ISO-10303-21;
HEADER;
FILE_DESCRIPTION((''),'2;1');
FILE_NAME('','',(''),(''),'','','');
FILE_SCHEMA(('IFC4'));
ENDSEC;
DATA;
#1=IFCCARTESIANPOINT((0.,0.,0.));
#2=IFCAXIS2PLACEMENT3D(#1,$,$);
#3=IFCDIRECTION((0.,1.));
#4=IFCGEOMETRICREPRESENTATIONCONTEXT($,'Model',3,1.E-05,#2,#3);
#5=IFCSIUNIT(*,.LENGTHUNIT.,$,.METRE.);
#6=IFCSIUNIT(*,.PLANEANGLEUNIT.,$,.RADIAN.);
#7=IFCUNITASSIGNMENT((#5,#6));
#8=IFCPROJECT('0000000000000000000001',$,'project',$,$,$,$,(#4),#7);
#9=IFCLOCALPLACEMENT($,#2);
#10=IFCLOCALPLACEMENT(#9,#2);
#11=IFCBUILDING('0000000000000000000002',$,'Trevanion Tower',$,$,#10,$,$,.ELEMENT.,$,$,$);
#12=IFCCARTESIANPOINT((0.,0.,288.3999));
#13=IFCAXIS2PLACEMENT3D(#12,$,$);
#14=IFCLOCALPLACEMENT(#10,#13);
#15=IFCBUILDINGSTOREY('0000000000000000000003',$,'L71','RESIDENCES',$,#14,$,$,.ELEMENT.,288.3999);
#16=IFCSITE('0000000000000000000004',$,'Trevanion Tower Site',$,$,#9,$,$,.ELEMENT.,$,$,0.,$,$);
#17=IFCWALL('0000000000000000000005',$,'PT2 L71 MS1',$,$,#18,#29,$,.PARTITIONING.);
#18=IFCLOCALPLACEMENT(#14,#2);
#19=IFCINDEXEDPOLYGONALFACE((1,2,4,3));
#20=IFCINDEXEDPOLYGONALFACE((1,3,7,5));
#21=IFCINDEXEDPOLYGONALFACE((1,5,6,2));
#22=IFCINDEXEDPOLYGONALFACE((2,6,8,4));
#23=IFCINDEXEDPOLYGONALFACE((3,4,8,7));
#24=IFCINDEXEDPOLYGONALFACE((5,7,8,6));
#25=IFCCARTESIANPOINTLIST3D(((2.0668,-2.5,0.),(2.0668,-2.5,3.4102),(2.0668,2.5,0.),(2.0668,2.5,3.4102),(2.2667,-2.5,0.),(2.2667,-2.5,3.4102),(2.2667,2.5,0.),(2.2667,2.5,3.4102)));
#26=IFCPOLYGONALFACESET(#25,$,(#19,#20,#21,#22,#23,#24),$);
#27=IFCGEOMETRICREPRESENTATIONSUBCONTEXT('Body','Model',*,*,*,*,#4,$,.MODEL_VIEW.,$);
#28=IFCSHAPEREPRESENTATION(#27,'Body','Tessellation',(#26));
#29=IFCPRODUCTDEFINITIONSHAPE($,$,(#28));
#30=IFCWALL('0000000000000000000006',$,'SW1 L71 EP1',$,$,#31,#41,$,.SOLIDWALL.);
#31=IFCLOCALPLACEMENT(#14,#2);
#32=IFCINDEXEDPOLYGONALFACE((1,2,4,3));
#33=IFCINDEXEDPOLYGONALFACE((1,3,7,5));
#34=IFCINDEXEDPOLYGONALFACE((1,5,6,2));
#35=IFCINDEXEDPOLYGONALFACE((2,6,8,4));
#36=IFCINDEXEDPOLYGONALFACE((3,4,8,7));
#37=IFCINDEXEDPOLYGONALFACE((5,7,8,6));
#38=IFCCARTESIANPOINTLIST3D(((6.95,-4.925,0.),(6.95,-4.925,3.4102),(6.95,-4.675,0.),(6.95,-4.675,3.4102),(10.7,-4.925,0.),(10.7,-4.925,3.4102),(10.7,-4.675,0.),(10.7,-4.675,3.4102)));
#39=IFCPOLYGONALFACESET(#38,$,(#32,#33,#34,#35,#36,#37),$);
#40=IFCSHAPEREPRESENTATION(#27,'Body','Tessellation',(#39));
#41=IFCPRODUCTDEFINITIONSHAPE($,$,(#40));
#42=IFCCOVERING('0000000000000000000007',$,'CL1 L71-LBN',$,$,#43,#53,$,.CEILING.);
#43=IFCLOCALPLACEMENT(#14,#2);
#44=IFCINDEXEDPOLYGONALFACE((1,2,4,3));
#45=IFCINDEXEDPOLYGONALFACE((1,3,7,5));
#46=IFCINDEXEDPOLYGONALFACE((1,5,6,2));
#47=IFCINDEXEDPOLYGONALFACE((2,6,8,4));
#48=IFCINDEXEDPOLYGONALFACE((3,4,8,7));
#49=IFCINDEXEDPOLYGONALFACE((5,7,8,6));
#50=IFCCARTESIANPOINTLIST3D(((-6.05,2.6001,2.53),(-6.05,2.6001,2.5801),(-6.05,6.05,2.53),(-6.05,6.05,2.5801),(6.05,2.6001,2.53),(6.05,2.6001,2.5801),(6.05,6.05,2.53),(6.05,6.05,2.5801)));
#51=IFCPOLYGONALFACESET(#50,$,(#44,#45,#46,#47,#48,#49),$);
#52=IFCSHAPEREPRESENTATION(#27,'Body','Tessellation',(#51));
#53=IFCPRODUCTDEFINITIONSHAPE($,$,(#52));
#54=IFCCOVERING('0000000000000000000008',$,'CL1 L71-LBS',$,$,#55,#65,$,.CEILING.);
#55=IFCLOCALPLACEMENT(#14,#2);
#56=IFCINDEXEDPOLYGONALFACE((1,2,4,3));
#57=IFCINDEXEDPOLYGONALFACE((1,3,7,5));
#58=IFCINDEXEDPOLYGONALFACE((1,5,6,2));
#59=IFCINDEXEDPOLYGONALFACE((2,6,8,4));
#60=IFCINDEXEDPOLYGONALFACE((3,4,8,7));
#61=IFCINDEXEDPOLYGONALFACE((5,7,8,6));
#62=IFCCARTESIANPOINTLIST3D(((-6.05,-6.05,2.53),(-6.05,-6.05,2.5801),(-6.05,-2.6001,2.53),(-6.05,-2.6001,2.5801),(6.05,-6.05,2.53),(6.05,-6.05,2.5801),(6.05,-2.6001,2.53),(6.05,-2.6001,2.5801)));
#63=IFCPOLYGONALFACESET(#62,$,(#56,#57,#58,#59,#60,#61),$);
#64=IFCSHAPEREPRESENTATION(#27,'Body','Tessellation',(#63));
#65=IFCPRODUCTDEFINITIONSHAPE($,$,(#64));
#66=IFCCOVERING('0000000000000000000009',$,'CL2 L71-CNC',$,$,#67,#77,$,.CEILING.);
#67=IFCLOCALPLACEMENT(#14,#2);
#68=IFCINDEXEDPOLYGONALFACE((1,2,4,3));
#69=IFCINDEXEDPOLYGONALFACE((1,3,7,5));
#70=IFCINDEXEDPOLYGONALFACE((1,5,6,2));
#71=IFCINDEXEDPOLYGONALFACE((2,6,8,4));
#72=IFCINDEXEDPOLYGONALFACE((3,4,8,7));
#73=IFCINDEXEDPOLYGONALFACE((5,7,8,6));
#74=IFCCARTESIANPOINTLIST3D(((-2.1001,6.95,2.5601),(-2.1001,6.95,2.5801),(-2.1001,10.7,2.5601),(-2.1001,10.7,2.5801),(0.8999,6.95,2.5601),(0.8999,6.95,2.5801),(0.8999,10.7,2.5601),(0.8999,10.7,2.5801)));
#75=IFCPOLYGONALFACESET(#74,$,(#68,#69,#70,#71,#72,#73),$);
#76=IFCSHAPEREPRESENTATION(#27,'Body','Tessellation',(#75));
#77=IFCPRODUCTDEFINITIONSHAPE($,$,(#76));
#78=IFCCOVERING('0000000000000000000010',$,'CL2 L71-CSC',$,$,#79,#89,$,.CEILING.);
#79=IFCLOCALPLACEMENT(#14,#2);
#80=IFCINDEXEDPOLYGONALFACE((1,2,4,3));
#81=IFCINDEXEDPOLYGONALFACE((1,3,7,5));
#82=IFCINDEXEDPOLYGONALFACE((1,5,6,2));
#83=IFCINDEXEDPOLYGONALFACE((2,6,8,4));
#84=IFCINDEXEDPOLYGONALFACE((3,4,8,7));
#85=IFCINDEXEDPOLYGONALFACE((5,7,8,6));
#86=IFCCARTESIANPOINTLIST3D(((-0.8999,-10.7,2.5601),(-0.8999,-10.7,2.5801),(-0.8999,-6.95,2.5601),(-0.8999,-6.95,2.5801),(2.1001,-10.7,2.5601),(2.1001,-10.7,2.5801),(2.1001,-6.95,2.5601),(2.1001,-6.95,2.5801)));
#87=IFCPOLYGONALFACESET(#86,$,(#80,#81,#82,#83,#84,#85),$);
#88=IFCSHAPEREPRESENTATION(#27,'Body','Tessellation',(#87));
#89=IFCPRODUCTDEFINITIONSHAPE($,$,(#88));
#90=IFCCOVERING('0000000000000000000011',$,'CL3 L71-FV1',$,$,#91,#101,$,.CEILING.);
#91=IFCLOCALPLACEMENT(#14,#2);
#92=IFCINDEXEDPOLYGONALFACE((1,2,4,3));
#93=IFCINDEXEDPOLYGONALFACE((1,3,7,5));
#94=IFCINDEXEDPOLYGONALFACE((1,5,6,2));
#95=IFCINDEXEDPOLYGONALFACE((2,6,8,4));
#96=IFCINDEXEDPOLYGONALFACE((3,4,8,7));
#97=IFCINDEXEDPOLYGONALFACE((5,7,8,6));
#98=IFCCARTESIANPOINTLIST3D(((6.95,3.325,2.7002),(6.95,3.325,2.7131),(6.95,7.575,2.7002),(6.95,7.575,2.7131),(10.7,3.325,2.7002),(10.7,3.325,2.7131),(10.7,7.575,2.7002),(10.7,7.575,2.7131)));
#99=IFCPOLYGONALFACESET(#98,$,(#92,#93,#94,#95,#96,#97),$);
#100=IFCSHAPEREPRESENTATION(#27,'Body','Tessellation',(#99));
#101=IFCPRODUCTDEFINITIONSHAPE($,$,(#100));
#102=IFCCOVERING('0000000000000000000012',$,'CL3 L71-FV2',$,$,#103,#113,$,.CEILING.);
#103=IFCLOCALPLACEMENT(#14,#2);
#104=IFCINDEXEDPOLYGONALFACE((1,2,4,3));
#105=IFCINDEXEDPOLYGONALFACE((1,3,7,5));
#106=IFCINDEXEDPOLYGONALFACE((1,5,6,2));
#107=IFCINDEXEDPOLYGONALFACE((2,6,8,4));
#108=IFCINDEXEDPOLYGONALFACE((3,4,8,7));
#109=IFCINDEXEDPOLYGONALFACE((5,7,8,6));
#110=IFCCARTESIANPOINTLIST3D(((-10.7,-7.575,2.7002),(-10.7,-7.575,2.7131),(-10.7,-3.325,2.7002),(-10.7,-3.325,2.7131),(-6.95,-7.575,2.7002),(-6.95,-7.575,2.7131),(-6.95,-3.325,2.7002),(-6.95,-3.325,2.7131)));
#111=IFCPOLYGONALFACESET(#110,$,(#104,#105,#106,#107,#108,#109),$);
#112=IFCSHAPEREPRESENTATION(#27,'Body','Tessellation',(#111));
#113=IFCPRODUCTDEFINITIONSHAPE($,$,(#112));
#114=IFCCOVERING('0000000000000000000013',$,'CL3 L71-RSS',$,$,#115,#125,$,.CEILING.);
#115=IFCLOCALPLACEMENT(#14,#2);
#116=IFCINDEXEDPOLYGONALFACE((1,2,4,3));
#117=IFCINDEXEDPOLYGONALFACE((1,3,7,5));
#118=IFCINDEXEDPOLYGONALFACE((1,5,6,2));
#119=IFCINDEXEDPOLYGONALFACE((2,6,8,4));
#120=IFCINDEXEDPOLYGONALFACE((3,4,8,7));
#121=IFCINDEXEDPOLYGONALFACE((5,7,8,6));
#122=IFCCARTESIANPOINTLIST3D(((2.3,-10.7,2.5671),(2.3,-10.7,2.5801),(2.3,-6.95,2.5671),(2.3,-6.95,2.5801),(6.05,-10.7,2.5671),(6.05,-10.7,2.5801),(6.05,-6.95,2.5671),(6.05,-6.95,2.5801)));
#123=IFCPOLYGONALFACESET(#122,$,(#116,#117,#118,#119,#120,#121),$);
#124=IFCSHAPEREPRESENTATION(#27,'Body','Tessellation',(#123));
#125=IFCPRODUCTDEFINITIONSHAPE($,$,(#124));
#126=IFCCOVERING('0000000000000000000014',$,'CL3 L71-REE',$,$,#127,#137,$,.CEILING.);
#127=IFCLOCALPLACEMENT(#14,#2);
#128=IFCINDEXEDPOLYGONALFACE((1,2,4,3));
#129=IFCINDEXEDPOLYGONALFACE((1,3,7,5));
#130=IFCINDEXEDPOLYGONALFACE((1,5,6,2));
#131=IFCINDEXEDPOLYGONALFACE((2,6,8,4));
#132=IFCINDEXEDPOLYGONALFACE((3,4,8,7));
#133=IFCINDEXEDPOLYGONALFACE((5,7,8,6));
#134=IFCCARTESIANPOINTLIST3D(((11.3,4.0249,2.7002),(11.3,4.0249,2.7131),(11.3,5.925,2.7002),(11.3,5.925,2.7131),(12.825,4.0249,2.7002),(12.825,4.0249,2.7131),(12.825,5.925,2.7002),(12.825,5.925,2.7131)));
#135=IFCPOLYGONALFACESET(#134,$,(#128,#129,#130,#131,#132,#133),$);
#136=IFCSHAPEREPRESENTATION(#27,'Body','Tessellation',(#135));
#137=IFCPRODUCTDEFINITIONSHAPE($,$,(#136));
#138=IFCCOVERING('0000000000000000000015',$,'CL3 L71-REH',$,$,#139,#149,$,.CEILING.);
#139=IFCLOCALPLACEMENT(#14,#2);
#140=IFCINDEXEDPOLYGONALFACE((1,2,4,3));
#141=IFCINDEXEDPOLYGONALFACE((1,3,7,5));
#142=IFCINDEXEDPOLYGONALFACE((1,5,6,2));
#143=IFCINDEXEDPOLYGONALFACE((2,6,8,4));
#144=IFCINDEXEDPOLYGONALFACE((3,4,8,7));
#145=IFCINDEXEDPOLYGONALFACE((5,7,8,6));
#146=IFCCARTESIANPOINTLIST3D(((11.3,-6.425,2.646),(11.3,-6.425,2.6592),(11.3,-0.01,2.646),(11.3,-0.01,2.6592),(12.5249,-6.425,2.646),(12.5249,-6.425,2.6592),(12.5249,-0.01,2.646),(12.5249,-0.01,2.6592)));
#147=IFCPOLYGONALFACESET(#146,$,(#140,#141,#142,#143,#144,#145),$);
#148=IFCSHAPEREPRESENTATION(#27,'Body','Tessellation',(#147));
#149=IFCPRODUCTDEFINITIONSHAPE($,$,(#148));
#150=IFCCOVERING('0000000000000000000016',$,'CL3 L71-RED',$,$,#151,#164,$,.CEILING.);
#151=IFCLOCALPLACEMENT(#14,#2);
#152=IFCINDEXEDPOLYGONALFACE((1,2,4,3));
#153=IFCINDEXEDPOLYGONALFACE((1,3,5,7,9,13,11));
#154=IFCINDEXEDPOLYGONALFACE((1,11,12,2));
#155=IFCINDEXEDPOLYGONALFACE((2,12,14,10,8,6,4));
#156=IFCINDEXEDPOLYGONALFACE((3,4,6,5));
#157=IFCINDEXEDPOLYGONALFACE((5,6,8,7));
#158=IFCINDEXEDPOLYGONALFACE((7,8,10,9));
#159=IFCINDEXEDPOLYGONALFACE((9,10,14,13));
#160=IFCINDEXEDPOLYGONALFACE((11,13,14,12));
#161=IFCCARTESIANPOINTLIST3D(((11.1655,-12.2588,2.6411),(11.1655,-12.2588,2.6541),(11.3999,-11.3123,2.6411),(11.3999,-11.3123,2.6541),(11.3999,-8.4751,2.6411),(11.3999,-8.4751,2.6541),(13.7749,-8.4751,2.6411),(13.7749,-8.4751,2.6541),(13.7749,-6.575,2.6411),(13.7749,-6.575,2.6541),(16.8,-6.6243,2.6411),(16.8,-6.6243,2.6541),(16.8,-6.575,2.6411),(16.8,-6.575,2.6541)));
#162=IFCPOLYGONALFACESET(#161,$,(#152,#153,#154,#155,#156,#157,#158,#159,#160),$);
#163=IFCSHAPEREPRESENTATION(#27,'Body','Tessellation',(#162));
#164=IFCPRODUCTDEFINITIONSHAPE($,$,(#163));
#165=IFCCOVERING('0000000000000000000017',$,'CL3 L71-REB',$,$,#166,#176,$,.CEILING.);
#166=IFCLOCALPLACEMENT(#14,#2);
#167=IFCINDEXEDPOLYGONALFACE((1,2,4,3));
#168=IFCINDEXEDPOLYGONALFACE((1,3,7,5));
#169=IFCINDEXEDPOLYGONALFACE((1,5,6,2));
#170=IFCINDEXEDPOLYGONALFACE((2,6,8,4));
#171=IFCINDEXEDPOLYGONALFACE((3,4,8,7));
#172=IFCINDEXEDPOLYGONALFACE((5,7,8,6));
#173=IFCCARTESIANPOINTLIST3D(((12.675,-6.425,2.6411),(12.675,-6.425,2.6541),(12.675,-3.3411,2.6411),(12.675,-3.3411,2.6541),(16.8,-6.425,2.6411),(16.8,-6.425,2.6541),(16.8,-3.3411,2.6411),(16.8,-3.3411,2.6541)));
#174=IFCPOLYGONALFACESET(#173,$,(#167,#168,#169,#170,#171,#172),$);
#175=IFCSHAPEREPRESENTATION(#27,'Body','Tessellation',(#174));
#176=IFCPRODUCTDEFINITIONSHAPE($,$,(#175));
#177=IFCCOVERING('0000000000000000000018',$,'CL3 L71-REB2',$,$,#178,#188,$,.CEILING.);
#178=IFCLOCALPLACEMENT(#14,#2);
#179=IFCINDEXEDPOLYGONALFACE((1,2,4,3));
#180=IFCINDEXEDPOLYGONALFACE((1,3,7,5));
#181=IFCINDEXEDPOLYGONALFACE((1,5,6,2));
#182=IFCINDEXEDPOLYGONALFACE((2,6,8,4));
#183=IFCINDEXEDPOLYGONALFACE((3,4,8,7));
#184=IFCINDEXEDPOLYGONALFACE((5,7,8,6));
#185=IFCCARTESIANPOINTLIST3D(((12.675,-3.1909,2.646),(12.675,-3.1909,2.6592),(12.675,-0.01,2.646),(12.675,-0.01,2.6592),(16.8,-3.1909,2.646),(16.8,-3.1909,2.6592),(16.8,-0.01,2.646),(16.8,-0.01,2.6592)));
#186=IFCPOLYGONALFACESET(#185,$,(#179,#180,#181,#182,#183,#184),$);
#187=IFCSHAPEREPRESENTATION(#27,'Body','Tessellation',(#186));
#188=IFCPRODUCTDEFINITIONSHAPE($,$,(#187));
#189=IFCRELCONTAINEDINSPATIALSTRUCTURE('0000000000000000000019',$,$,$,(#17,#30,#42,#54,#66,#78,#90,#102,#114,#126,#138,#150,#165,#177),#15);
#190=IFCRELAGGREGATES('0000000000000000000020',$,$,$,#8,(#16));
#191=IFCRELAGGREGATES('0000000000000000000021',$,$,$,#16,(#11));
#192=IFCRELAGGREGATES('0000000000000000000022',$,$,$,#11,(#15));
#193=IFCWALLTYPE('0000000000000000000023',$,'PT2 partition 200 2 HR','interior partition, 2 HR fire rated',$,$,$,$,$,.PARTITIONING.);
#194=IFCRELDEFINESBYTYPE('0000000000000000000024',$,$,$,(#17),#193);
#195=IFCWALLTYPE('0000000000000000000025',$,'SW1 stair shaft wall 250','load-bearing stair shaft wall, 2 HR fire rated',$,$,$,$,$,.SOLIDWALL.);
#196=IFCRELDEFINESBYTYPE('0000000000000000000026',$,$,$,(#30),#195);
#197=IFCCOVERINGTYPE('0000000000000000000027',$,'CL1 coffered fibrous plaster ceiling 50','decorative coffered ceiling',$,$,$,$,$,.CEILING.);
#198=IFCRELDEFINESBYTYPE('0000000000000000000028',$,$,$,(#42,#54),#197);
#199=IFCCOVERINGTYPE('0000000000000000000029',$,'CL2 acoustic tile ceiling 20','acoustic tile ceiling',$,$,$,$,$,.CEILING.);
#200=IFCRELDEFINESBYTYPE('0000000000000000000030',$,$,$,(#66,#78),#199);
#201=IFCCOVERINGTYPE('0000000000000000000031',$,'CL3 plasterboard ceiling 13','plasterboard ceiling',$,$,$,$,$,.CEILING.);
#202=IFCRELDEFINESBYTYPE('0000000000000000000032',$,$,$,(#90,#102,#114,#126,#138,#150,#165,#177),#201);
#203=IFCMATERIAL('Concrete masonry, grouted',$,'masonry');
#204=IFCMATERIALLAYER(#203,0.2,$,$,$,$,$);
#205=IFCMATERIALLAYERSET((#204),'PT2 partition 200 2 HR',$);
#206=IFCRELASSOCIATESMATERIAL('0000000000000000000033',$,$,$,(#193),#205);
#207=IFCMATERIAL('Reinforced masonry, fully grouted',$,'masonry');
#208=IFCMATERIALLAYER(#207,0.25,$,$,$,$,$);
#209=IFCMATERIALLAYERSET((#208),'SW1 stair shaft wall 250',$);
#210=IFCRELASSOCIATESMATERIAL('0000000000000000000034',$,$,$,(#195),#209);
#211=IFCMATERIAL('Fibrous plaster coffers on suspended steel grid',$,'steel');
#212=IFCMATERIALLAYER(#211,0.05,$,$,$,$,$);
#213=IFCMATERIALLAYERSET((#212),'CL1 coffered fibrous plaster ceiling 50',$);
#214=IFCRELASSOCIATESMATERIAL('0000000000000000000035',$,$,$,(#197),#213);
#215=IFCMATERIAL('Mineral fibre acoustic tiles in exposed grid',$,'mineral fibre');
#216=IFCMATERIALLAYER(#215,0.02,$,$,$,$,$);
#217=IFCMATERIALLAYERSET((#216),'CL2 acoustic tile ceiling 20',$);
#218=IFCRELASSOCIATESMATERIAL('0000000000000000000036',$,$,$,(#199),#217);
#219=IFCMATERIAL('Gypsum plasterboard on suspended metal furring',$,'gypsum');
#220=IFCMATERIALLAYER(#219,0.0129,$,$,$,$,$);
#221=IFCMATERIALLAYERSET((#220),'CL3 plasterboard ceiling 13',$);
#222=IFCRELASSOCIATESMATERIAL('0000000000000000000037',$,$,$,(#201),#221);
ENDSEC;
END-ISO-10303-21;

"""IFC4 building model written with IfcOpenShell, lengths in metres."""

from ifc_helpers import new_model, si_unit, direction, frame, frame_2d, origin, place, context, subcontext, project, spatial, polyline, rectangle, outline, extrude, material, layer, layer_set, type_object, element, save


model = new_model("IFC4")

# Units and contexts
model_context = context("Model", 3, precision=1e-05, world=origin(), true_north=direction((0.0, 1.0)))
body_context = subcontext(model_context, "Body", "Model", "MODEL_VIEW")
ifc_project = project(units=[si_unit("LENGTHUNIT", "METRE"), si_unit("PLANEANGLEUNIT", "RADIAN")], contexts=[model_context])

# Site, building, storey
site_placement = place(None, origin())
site = spatial("IfcSite", under=ifc_project, at=site_placement, Name="Trevanion Tower Site", CompositionType="ELEMENT", RefElevation=0.0)
building_placement = place(site_placement, origin())
building = spatial("IfcBuilding", under=site, at=building_placement, Name="Trevanion Tower", CompositionType="ELEMENT")
storey_placement = place(building_placement, frame((0.0, 0.0, 288.3999)))
storey = spatial("IfcBuildingStorey", under=building, at=storey_placement, Name="L71", Description="RESIDENCES", CompositionType="ELEMENT", Elevation=288.3999)

# Walls
ifc_material_1 = material(Name="Concrete masonry, grouted", Category="masonry")
ifc_layer_1 = layer(ifc_material_1, 0.2)
ifc_layer_set_1 = layer_set([ifc_layer_1], Name="PT2 partition 200 2 HR")
wall_type_1 = type_object("IfcWallType", Name="PT2 partition 200 2 HR", Description="interior partition, 2 HR fire rated", PredefinedType="PARTITIONING", material=ifc_layer_set_1)
wall_1_placement = place(storey_placement, frame((2.1667, -2.5, 0.0), z_axis=(0.0, 0.0, 1.0), x_axis=(0.0, 1.0, 0.0)))
element("IfcWall", 1, at=wall_1_placement, inside=storey, type_object=wall_type_1, Name="PT2 L71 MS1", PredefinedType="PARTITIONING", context=body_context, shape_type="SweptSolid", body=[
    extrude(rectangle(XDim=5.0, YDim=0.2, at=frame_2d((2.5, 0.0))), origin(), (0.0, 0.0, 1.0), 3.4102),
])
ifc_material_2 = material(Name="Reinforced masonry, fully grouted", Category="masonry")
ifc_layer_2 = layer(ifc_material_2, 0.25)
ifc_layer_set_2 = layer_set([ifc_layer_2], Name="SW1 stair shaft wall 250")
wall_type_2 = type_object("IfcWallType", Name="SW1 stair shaft wall 250", Description="load-bearing stair shaft wall, 2 HR fire rated", PredefinedType="SOLIDWALL", material=ifc_layer_set_2)
wall_2_placement = place(storey_placement, frame((6.95, -4.8, 0.0), z_axis=(0.0, 0.0, 1.0), x_axis=(1.0, 0.0, 0.0)))
element("IfcWall", 2, at=wall_2_placement, inside=storey, type_object=wall_type_2, Name="SW1 L71 EP1", PredefinedType="SOLIDWALL", context=body_context, shape_type="SweptSolid", body=[
    extrude(rectangle(XDim=3.75, YDim=0.25, at=frame_2d((1.875, 0.0))), origin(), (0.0, 0.0, 1.0), 3.4102),
])

# Coverings
ifc_material_3 = material(Name="Fibrous plaster coffers on suspended steel grid", Category="steel")
ifc_layer_3 = layer(ifc_material_3, 0.05)
ifc_layer_set_3 = layer_set([ifc_layer_3], Name="CL1 coffered fibrous plaster ceiling 50")
covering_type_1 = type_object("IfcCoveringType", Name="CL1 coffered fibrous plaster ceiling 50", Description="decorative coffered ceiling", PredefinedType="CEILING", material=ifc_layer_set_3)
covering_1_placement = place(storey_placement, frame((0.0, 0.0, 2.53)))
element("IfcCovering", 3, at=covering_1_placement, inside=storey, type_object=covering_type_1, Name="CL1 L71-LBN", PredefinedType="CEILING", context=body_context, shape_type="SweptSolid", body=[
    extrude(outline(polyline([(6.05, 2.6001), (6.05, 6.05), (-6.05, 6.05), (-6.05, 2.6001), (6.05, 2.6001)])), origin(), (0.0, 0.0, 1.0), 0.05),
])
covering_2_placement = place(storey_placement, frame((0.0, 0.0, 2.53)))
element("IfcCovering", 4, at=covering_2_placement, inside=storey, type_object=covering_type_1, Name="CL1 L71-LBS", PredefinedType="CEILING", context=body_context, shape_type="SweptSolid", body=[
    extrude(outline(polyline([(6.05, -6.05), (6.05, -2.6001), (-6.05, -2.6001), (-6.05, -6.05), (6.05, -6.05)])), origin(), (0.0, 0.0, 1.0), 0.05),
])
ifc_material_4 = material(Name="Mineral fibre acoustic tiles in exposed grid", Category="mineral fibre")
ifc_layer_4 = layer(ifc_material_4, 0.02)
ifc_layer_set_4 = layer_set([ifc_layer_4], Name="CL2 acoustic tile ceiling 20")
covering_type_2 = type_object("IfcCoveringType", Name="CL2 acoustic tile ceiling 20", Description="acoustic tile ceiling", PredefinedType="CEILING", material=ifc_layer_set_4)
covering_3_placement = place(storey_placement, frame((0.0, 0.0, 2.5601)))
element("IfcCovering", 5, at=covering_3_placement, inside=storey, type_object=covering_type_2, Name="CL2 L71-CNC", PredefinedType="CEILING", context=body_context, shape_type="SweptSolid", body=[
    extrude(outline(polyline([(0.8999, 6.95), (0.8999, 10.7), (-2.1001, 10.7), (-2.1001, 6.95), (0.8999, 6.95)])), origin(), (0.0, 0.0, 1.0), 0.02),
])
covering_4_placement = place(storey_placement, frame((0.0, 0.0, 2.5601)))
element("IfcCovering", 6, at=covering_4_placement, inside=storey, type_object=covering_type_2, Name="CL2 L71-CSC", PredefinedType="CEILING", context=body_context, shape_type="SweptSolid", body=[
    extrude(outline(polyline([(2.1001, -10.7), (2.1001, -6.95), (-0.8999, -6.95), (-0.8999, -10.7), (2.1001, -10.7)])), origin(), (0.0, 0.0, 1.0), 0.02),
])
ifc_material_5 = material(Name="Gypsum plasterboard on suspended metal furring", Category="gypsum")
ifc_layer_5 = layer(ifc_material_5, 0.0129)
ifc_layer_set_5 = layer_set([ifc_layer_5], Name="CL3 plasterboard ceiling 13")
covering_type_3 = type_object("IfcCoveringType", Name="CL3 plasterboard ceiling 13", Description="plasterboard ceiling", PredefinedType="CEILING", material=ifc_layer_set_5)
covering_5_placement = place(storey_placement, frame((0.0, 0.0, 2.7002)))
element("IfcCovering", 7, at=covering_5_placement, inside=storey, type_object=covering_type_3, Name="CL3 L71-FV1", PredefinedType="CEILING", context=body_context, shape_type="SweptSolid", body=[
    extrude(outline(polyline([(10.7, 3.325), (10.7, 7.575), (6.95, 7.575), (6.95, 3.325), (10.7, 3.325)])), origin(), (0.0, 0.0, 1.0), 0.0129),
])
covering_6_placement = place(storey_placement, frame((0.0, 0.0, 2.7002)))
element("IfcCovering", 8, at=covering_6_placement, inside=storey, type_object=covering_type_3, Name="CL3 L71-FV2", PredefinedType="CEILING", context=body_context, shape_type="SweptSolid", body=[
    extrude(outline(polyline([(-10.7, -3.325), (-10.7, -7.575), (-6.95, -7.575), (-6.95, -3.325), (-10.7, -3.325)])), origin(), (0.0, 0.0, 1.0), 0.0129),
])
covering_7_placement = place(storey_placement, frame((0.0, 0.0, 2.5671)))
element("IfcCovering", 9, at=covering_7_placement, inside=storey, type_object=covering_type_3, Name="CL3 L71-RSS", PredefinedType="CEILING", context=body_context, shape_type="SweptSolid", body=[
    extrude(outline(polyline([(6.05, -10.7), (6.05, -6.95), (2.3, -6.95), (2.3, -10.7), (6.05, -10.7)])), origin(), (0.0, 0.0, 1.0), 0.0129),
])
covering_8_placement = place(storey_placement, frame((0.0, 0.0, 2.7002)))
element("IfcCovering", 10, at=covering_8_placement, inside=storey, type_object=covering_type_3, Name="CL3 L71-REE", PredefinedType="CEILING", context=body_context, shape_type="SweptSolid", body=[
    extrude(outline(polyline([(12.825, 4.0249), (12.825, 5.925), (11.3, 5.925), (11.3, 4.0249), (12.825, 4.0249)])), origin(), (0.0, 0.0, 1.0), 0.0129),
])
covering_9_placement = place(storey_placement, frame((0.0, 0.0, 2.646)))
element("IfcCovering", 11, at=covering_9_placement, inside=storey, type_object=covering_type_3, Name="CL3 L71-REH", PredefinedType="CEILING", context=body_context, shape_type="SweptSolid", body=[
    extrude(outline(polyline([(12.5249, -6.425), (12.5249, -0.01), (11.3, -0.01), (11.3, -6.425), (12.5249, -6.425)])), origin(), (0.0, 0.0, 1.0), 0.0132),
])
covering_10_placement = place(storey_placement, frame((0.0, 0.0, 2.6411)))
element("IfcCovering", 12, at=covering_10_placement, inside=storey, type_object=covering_type_3, Name="CL3 L71-RED", PredefinedType="CEILING", context=body_context, shape_type="SweptSolid", body=[
    extrude(outline(polyline([(11.1655, -12.2588), (11.3999, -11.3123), (11.3999, -8.4751), (13.7749, -8.4751), (13.7749, -6.575), (16.8, -6.575), (16.8, -6.6243), (11.1655, -12.2588)])), origin(), (0.0, 0.0, 1.0), 0.0129),
])
covering_11_placement = place(storey_placement, frame((0.0, 0.0, 2.6411)))
element("IfcCovering", 13, at=covering_11_placement, inside=storey, type_object=covering_type_3, Name="CL3 L71-REB", PredefinedType="CEILING", context=body_context, shape_type="SweptSolid", body=[
    extrude(outline(polyline([(12.675, -6.425), (12.675, -3.3411), (16.8, -3.3411), (16.8, -6.425), (12.675, -6.425)])), origin(), (0.0, 0.0, 1.0), 0.0129),
])
covering_12_placement = place(storey_placement, frame((0.0, 0.0, 2.646)))
element("IfcCovering", 14, at=covering_12_placement, inside=storey, type_object=covering_type_3, Name="CL3 L71-REB2", PredefinedType="CEILING", context=body_context, shape_type="SweptSolid", body=[
    extrude(outline(polyline([(12.675, -3.1909), (12.675, -0.01), (16.8, -0.01), (16.8, -3.1909), (12.675, -3.1909)])), origin(), (0.0, 0.0, 1.0), 0.0132),
])

save(model, "model.ifc")
